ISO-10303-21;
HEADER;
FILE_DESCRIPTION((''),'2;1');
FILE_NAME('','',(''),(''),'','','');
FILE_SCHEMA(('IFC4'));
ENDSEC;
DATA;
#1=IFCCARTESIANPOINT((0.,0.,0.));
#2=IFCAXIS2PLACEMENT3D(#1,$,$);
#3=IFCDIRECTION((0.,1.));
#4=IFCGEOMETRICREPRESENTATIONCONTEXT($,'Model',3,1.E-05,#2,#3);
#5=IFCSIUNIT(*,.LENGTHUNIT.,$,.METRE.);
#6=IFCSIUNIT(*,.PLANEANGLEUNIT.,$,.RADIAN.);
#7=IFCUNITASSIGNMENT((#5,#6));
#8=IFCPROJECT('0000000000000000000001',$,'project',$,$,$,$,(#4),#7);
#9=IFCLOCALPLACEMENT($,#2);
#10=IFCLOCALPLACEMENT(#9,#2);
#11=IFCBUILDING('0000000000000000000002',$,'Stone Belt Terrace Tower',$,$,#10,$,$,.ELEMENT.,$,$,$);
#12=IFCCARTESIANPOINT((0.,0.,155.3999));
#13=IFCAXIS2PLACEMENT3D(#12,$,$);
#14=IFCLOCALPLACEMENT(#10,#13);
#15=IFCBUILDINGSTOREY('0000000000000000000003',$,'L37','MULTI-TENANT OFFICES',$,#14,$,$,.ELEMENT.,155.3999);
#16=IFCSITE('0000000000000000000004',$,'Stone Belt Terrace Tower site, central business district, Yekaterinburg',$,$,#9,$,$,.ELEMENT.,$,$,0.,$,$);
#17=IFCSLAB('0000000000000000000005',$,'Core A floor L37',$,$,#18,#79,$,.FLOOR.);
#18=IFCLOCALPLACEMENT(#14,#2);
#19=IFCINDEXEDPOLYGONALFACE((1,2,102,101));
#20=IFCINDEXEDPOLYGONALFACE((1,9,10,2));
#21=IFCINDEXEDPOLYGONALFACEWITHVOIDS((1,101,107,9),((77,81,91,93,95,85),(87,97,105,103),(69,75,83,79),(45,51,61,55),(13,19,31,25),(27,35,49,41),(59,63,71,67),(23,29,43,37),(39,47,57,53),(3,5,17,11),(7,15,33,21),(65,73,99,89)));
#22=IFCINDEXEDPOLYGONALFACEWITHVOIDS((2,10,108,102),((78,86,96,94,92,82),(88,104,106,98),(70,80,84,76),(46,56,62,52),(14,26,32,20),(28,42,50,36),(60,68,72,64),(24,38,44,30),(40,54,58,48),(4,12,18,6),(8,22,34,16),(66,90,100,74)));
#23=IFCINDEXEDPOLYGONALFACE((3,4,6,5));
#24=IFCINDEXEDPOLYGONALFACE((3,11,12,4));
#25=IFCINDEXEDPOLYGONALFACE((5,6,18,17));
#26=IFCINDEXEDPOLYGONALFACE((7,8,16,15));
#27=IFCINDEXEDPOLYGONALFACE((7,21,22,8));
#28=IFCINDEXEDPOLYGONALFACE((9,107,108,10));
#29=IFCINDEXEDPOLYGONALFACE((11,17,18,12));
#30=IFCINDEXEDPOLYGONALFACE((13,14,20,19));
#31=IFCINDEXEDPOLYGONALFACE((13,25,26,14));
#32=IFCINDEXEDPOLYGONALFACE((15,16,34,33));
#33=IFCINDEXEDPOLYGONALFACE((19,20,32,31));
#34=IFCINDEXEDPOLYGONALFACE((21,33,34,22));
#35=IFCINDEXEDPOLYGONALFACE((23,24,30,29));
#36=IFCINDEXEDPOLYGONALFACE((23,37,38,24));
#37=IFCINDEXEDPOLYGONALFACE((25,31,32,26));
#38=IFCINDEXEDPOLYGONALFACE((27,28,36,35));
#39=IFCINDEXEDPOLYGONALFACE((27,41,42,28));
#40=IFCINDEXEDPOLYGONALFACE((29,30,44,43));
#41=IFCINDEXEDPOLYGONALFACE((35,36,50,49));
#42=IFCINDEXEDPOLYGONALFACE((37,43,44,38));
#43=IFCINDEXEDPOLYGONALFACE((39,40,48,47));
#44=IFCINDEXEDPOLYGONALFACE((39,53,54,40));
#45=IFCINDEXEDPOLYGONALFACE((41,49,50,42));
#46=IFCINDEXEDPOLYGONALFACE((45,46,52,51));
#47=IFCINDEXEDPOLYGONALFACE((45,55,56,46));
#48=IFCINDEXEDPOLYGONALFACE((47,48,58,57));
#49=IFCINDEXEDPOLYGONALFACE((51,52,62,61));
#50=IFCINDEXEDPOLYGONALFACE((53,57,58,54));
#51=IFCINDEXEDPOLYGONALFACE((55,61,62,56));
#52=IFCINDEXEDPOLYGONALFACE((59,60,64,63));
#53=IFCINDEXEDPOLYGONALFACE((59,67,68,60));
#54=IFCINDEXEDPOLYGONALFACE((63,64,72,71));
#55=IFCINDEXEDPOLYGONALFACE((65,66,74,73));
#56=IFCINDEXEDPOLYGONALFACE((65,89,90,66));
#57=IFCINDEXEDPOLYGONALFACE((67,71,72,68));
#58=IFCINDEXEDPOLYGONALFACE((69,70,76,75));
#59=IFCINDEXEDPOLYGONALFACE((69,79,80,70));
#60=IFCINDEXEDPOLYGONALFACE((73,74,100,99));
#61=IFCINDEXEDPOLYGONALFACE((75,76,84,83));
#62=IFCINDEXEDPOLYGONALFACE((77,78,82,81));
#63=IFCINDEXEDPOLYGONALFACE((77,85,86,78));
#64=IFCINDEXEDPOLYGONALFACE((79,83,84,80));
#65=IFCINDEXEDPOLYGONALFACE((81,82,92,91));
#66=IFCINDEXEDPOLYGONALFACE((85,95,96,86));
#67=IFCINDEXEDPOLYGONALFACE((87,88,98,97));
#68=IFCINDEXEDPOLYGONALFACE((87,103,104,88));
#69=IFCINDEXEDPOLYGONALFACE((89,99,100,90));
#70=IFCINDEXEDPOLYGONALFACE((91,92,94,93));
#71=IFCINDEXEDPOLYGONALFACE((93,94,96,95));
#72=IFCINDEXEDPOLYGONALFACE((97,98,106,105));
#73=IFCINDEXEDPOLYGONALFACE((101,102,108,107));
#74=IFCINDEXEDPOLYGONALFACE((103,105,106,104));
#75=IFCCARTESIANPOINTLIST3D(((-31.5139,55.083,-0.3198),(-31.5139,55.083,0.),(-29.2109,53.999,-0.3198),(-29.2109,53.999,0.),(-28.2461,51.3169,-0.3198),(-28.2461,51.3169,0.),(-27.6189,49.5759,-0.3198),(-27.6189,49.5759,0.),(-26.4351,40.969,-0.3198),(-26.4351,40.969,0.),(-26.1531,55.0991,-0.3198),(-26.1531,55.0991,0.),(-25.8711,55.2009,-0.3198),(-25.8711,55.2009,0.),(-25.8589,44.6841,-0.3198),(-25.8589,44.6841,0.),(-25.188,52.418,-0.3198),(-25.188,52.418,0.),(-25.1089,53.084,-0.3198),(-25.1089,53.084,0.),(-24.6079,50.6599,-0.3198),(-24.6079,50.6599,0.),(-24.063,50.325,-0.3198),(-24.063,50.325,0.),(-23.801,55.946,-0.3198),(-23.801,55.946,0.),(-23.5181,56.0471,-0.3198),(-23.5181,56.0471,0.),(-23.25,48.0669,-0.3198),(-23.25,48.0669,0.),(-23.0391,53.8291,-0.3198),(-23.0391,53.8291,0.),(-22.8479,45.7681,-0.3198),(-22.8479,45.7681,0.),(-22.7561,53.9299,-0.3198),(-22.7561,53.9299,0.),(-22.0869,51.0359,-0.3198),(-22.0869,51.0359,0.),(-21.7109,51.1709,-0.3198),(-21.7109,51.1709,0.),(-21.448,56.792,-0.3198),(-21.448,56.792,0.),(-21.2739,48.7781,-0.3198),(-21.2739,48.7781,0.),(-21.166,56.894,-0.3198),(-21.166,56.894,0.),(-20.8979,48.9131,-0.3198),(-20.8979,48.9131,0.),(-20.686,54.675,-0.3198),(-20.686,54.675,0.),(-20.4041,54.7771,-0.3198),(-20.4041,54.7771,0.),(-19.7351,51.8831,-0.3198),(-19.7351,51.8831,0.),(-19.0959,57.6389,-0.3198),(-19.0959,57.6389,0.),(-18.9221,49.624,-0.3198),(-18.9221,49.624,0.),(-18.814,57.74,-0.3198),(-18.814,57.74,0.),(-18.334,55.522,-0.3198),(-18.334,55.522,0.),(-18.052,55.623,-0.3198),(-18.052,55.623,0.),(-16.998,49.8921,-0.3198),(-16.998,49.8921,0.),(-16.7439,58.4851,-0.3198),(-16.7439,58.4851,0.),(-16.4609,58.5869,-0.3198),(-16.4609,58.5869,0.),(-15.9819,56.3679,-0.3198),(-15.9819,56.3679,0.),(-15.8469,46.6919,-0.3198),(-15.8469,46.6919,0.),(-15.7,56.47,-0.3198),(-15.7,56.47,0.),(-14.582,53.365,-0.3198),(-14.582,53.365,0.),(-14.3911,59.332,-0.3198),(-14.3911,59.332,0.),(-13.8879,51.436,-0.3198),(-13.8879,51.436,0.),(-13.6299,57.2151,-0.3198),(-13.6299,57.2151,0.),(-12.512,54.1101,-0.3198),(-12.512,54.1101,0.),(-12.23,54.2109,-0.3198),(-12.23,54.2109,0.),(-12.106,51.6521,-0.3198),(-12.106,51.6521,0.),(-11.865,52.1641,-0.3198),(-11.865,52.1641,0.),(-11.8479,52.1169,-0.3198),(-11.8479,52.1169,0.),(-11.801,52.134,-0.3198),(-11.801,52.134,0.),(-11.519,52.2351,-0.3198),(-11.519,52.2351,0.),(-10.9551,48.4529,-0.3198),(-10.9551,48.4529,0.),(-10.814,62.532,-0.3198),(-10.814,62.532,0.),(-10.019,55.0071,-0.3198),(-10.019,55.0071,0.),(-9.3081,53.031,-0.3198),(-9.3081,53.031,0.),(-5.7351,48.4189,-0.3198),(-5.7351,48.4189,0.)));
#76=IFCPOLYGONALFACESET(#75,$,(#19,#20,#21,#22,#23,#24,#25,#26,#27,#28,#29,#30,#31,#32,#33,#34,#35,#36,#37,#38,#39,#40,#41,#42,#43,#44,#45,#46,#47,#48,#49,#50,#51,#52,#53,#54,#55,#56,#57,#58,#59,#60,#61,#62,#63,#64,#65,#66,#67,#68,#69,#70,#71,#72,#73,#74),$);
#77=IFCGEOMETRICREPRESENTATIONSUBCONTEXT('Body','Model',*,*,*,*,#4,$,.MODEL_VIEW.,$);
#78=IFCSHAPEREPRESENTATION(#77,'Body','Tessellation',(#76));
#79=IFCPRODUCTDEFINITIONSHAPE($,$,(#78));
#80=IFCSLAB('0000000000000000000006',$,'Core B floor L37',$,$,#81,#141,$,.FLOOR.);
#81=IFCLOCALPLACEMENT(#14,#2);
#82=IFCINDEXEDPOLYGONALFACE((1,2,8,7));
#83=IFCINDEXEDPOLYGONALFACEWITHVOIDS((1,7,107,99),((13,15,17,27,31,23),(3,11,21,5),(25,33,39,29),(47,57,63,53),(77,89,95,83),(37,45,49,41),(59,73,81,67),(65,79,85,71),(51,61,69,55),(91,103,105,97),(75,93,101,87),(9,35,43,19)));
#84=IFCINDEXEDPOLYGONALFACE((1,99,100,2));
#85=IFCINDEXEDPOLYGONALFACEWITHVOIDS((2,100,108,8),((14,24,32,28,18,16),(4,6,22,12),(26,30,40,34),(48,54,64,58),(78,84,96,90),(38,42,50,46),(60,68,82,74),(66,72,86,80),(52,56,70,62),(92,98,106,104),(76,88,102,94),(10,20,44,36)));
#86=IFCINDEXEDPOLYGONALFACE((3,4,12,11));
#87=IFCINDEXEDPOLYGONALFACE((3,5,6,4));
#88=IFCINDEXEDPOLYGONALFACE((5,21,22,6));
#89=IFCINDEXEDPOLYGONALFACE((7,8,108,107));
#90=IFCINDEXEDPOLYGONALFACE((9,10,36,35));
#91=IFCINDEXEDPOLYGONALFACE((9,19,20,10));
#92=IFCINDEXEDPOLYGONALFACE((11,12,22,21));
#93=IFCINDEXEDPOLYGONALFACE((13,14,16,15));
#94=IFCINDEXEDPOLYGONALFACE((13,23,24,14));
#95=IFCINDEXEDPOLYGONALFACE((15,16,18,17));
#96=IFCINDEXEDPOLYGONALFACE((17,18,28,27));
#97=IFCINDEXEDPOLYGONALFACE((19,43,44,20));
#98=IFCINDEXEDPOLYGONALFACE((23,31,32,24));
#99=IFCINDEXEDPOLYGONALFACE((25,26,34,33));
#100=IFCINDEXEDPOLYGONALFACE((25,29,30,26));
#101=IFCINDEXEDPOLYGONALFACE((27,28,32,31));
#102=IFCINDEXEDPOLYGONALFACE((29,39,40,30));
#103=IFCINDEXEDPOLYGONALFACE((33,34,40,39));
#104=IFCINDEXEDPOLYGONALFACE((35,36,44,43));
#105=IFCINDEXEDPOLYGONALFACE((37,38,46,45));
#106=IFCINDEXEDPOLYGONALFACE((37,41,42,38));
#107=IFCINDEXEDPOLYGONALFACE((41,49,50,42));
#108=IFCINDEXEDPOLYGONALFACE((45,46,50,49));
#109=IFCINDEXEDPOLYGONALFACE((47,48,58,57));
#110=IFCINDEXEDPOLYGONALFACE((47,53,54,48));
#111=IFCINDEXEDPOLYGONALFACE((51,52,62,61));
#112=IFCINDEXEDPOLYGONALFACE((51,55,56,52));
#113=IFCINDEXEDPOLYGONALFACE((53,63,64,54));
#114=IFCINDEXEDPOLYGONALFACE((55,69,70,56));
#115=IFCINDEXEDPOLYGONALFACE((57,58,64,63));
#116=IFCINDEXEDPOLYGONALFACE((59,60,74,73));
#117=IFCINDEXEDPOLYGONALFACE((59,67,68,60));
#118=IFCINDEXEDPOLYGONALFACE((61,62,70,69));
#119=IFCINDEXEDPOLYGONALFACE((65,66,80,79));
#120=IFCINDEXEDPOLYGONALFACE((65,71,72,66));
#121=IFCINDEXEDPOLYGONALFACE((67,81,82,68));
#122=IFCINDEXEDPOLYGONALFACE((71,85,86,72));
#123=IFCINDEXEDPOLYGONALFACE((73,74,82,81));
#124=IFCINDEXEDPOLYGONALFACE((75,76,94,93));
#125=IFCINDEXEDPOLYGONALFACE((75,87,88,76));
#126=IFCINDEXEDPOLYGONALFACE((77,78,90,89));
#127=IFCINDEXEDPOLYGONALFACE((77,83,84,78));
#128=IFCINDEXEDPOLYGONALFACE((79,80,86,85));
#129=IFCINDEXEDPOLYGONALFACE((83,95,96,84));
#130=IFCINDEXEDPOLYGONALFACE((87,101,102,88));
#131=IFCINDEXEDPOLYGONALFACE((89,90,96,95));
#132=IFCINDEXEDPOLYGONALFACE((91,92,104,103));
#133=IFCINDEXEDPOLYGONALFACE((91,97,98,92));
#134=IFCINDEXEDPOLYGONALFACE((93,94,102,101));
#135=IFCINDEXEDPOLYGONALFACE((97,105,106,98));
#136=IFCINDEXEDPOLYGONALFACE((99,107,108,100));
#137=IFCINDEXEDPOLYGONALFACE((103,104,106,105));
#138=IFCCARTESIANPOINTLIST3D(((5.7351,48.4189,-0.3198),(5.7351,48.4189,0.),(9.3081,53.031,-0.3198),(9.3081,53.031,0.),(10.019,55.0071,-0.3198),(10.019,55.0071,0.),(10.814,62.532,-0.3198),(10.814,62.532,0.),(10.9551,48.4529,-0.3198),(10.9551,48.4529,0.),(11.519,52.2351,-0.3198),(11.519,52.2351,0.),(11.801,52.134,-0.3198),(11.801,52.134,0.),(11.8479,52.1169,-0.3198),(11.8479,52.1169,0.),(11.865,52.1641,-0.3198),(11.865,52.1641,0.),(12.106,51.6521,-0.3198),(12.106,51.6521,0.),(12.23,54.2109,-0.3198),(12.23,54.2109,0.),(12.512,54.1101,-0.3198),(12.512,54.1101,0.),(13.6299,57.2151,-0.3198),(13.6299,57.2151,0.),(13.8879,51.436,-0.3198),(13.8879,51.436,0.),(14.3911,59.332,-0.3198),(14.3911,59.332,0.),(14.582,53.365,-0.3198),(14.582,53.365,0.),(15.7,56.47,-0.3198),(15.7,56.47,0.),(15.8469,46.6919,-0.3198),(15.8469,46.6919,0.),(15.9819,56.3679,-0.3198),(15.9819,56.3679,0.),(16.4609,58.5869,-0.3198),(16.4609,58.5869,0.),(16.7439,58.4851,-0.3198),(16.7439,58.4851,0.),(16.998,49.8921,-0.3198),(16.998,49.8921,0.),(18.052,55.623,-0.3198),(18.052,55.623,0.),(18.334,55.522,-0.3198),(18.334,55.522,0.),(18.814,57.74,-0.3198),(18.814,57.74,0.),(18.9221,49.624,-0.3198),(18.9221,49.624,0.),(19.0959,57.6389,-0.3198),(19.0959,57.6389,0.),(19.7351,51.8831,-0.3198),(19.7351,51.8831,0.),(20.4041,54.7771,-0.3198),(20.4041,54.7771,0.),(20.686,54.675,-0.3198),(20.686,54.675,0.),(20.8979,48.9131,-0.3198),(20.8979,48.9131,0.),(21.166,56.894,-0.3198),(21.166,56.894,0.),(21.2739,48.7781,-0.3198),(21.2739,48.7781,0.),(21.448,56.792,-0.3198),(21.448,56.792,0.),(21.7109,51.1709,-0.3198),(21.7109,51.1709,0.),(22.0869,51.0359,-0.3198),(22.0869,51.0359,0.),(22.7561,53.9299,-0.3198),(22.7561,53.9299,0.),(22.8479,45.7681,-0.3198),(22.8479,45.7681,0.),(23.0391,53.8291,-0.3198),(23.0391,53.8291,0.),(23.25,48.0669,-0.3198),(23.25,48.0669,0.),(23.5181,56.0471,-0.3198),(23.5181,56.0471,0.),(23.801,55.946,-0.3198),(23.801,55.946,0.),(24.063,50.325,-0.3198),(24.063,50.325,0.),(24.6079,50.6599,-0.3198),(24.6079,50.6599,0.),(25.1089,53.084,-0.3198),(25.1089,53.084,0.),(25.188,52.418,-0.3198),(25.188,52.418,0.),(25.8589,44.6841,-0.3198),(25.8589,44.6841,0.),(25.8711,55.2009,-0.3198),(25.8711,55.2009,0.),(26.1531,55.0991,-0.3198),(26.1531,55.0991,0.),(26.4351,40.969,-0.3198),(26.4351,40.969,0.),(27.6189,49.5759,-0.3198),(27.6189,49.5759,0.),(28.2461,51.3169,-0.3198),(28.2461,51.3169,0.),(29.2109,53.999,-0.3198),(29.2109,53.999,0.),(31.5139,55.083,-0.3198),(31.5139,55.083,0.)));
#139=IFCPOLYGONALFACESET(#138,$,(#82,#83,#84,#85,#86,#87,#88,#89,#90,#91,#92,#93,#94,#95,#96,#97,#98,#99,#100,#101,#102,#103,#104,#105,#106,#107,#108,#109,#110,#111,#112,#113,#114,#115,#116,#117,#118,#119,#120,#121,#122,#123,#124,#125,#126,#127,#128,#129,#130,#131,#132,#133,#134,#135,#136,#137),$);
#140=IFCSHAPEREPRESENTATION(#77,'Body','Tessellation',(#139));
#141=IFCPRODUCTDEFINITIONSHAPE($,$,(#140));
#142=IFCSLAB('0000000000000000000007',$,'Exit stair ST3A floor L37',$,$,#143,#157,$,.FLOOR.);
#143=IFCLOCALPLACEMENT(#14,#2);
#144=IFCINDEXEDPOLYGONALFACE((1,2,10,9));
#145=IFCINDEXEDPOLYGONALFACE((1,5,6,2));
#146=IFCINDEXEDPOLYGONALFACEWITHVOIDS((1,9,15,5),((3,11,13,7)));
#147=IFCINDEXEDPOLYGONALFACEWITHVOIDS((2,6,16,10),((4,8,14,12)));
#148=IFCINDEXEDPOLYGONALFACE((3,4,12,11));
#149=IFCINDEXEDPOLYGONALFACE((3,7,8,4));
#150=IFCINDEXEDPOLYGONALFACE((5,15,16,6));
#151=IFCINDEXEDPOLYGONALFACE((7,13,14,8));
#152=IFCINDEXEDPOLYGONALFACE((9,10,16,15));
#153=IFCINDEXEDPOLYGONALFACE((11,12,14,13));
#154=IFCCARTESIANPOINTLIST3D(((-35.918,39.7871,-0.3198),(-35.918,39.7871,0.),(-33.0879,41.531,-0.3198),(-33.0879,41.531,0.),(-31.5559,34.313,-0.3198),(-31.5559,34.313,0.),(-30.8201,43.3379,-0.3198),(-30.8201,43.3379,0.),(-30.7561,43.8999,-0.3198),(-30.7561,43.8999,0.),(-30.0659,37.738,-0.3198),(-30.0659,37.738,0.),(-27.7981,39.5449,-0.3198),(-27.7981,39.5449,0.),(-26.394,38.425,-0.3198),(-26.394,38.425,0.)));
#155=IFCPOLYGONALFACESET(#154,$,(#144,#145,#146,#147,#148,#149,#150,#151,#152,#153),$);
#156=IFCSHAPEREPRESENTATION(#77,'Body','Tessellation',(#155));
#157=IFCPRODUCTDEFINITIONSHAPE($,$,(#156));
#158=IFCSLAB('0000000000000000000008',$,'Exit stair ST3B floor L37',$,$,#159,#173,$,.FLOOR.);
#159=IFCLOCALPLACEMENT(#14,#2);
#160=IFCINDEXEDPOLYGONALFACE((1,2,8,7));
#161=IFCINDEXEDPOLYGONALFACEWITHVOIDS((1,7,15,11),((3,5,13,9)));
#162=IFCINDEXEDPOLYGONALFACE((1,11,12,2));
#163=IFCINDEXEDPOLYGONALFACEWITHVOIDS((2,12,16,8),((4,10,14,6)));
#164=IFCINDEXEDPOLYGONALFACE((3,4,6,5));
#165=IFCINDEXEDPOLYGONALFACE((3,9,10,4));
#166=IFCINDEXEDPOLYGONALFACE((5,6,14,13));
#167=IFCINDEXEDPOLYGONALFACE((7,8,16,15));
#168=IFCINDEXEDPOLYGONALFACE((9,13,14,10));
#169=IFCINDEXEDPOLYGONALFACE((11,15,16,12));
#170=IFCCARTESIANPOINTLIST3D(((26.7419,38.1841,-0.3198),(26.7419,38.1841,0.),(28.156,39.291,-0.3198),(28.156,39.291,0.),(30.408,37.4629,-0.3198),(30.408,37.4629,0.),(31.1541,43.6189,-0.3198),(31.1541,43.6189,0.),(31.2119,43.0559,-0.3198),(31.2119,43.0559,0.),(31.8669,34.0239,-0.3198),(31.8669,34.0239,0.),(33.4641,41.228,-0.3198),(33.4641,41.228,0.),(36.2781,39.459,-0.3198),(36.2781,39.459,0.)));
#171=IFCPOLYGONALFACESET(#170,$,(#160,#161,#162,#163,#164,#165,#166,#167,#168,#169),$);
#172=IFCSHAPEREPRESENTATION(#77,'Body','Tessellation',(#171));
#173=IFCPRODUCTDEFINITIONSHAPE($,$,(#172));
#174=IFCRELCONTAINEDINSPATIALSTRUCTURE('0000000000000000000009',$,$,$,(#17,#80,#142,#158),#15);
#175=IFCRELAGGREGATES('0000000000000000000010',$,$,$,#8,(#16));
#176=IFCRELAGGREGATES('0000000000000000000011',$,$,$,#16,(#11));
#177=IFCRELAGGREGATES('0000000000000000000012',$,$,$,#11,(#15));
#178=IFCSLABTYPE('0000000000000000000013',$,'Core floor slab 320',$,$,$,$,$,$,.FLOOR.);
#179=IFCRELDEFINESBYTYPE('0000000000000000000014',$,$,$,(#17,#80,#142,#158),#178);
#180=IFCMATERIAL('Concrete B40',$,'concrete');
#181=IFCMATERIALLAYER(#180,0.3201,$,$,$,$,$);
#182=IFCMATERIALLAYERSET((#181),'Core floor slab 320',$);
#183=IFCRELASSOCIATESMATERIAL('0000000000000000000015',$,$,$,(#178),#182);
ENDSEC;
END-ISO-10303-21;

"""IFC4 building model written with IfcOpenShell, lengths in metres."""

from ifc_helpers import new_model, si_unit, direction, frame, origin, place, context, subcontext, project, spatial, polyline, outline, extrude, material, layer, layer_set, type_object, element, save


model = new_model("IFC4")

# Units and contexts
model_context = context("Model", 3, precision=1e-05, world=origin(), true_north=direction((0.0, 1.0)))
body_context = subcontext(model_context, "Body", "Model", "MODEL_VIEW")
ifc_project = project(units=[si_unit("LENGTHUNIT", "METRE"), si_unit("PLANEANGLEUNIT", "RADIAN")], contexts=[model_context])

# Site, building, storey
site_placement = place(None, origin())
site = spatial("IfcSite", under=ifc_project, at=site_placement, Name="Stone Belt Terrace Tower site, central business district, Yekaterinburg", CompositionType="ELEMENT", RefElevation=0.0)
building_placement = place(site_placement, origin())
building = spatial("IfcBuilding", under=site, at=building_placement, Name="Stone Belt Terrace Tower", CompositionType="ELEMENT")
storey_placement = place(building_placement, frame((0.0, 0.0, 155.3999)))
storey = spatial("IfcBuildingStorey", under=building, at=storey_placement, Name="L37", Description="MULTI-TENANT OFFICES", CompositionType="ELEMENT", Elevation=155.3999)

# Slabs
ifc_material_1 = material(Name="Concrete B40", Category="concrete")
ifc_layer_1 = layer(ifc_material_1, 0.3201)
ifc_layer_set_1 = layer_set([ifc_layer_1], Name="Core floor slab 320")
slab_type_1 = type_object("IfcSlabType", Name="Core floor slab 320", PredefinedType="FLOOR", material=ifc_layer_set_1)
slab_1_placement = place(storey_placement, frame((0.0, 0.0, -0.3198)))
element("IfcSlab", 1, at=slab_1_placement, inside=storey, type_object=slab_type_1, Name="Core A floor L37", PredefinedType="FLOOR", context=body_context, shape_type="SweptSolid", body=[
    extrude(outline(polyline([(-26.4351, 40.969), (-5.7351, 48.4189), (-10.814, 62.532), (-31.5139, 55.083), (-26.4351, 40.969)]), holes=[polyline([(-24.6079, 50.6599), (-22.8479, 45.7681), (-25.8589, 44.6841), (-27.6189, 49.5759), (-24.6079, 50.6599)]), polyline([(-23.25, 48.0669), (-24.063, 50.325), (-22.0869, 51.0359), (-21.2739, 48.7781), (-23.25, 48.0669)]), polyline([(-20.8979, 48.9131), (-21.7109, 51.1709), (-19.7351, 51.8831), (-18.9221, 49.624), (-20.8979, 48.9131)]), polyline([(-28.2461, 51.3169), (-29.2109, 53.999), (-26.1531, 55.0991), (-25.188, 52.418), (-28.2461, 51.3169)]), polyline([(-23.801, 55.946), (-23.0391, 53.8291), (-25.1089, 53.084), (-25.8711, 55.2009), (-23.801, 55.946)]), polyline([(-21.448, 56.792), (-20.686, 54.675), (-22.7561, 53.9299), (-23.5181, 56.0471), (-21.448, 56.792)]), polyline([(-10.9551, 48.4529), (-15.8469, 46.6919), (-16.998, 49.8921), (-12.106, 51.6521), (-10.9551, 48.4529)]), polyline([(-11.8479, 52.1169), (-11.865, 52.1641), (-13.8879, 51.436), (-14.582, 53.365), (-12.512, 54.1101), (-11.801, 52.134), (-11.8479, 52.1169)]), polyline([(-9.3081, 53.031), (-11.519, 52.2351), (-12.23, 54.2109), (-10.019, 55.0071), (-9.3081, 53.031)]), polyline([(-21.166, 56.894), (-19.0959, 57.6389), (-18.334, 55.522), (-20.4041, 54.7771), (-21.166, 56.894)]), polyline([(-16.7439, 58.4851), (-15.9819, 56.3679), (-18.052, 55.623), (-18.814, 57.74), (-16.7439, 58.4851)]), polyline([(-14.3911, 59.332), (-13.6299, 57.2151), (-15.7, 56.47), (-16.4609, 58.5869), (-14.3911, 59.332)])]), origin(), (0.0, 0.0, 1.0), 0.3198),
])
slab_2_placement = place(storey_placement, frame((0.0, 0.0, -0.3198)))
element("IfcSlab", 2, at=slab_2_placement, inside=storey, type_object=slab_type_1, Name="Core B floor L37", PredefinedType="FLOOR", context=body_context, shape_type="SweptSolid", body=[
    extrude(outline(polyline([(26.4351, 40.969), (31.5139, 55.083), (10.814, 62.532), (5.7351, 48.4189), (26.4351, 40.969)]), holes=[polyline([(12.106, 51.6521), (16.998, 49.8921), (15.8469, 46.6919), (10.9551, 48.4529), (12.106, 51.6521)]), polyline([(12.512, 54.1101), (14.582, 53.365), (13.8879, 51.436), (11.865, 52.1641), (11.8479, 52.1169), (11.801, 52.134), (12.512, 54.1101)]), polyline([(9.3081, 53.031), (10.019, 55.0071), (12.23, 54.2109), (11.519, 52.2351), (9.3081, 53.031)]), polyline([(18.334, 55.522), (19.0959, 57.6389), (21.166, 56.894), (20.4041, 54.7771), (18.334, 55.522)]), polyline([(16.7439, 58.4851), (18.814, 57.74), (18.052, 55.623), (15.9819, 56.3679), (16.7439, 58.4851)]), polyline([(14.3911, 59.332), (16.4609, 58.5869), (15.7, 56.47), (13.6299, 57.2151), (14.3911, 59.332)]), polyline([(27.6189, 49.5759), (25.8589, 44.6841), (22.8479, 45.7681), (24.6079, 50.6599), (27.6189, 49.5759)]), polyline([(23.25, 48.0669), (21.2739, 48.7781), (22.0869, 51.0359), (24.063, 50.325), (23.25, 48.0669)]), polyline([(20.8979, 48.9131), (18.9221, 49.624), (19.7351, 51.8831), (21.7109, 51.1709), (20.8979, 48.9131)]), polyline([(26.1531, 55.0991), (29.2109, 53.999), (28.2461, 51.3169), (25.188, 52.418), (26.1531, 55.0991)]), polyline([(23.801, 55.946), (25.8711, 55.2009), (25.1089, 53.084), (23.0391, 53.8291), (23.801, 55.946)]), polyline([(21.448, 56.792), (23.5181, 56.0471), (22.7561, 53.9299), (20.686, 54.675), (21.448, 56.792)])]), origin(), (0.0, 0.0, 1.0), 0.3198),
])
slab_3_placement = place(storey_placement, frame((0.0, 0.0, -0.3198)))
element("IfcSlab", 3, at=slab_3_placement, inside=storey, type_object=slab_type_1, Name="Exit stair ST3A floor L37", PredefinedType="FLOOR", context=body_context, shape_type="SweptSolid", body=[
    extrude(outline(polyline([(-26.394, 38.425), (-30.7561, 43.8999), (-35.918, 39.7871), (-31.5559, 34.313), (-26.394, 38.425)]), holes=[polyline([(-27.7981, 39.5449), (-30.0659, 37.738), (-33.0879, 41.531), (-30.8201, 43.3379), (-27.7981, 39.5449)])]), origin(), (0.0, 0.0, 1.0), 0.3198),
])
slab_4_placement = place(storey_placement, frame((0.0, 0.0, -0.3198)))
element("IfcSlab", 4, at=slab_4_placement, inside=storey, type_object=slab_type_1, Name="Exit stair ST3B floor L37", PredefinedType="FLOOR", context=body_context, shape_type="SweptSolid", body=[
    extrude(outline(polyline([(26.7419, 38.1841), (31.8669, 34.0239), (36.2781, 39.459), (31.1541, 43.6189), (26.7419, 38.1841)]), holes=[polyline([(30.408, 37.4629), (28.156, 39.291), (31.2119, 43.0559), (33.4641, 41.228), (30.408, 37.4629)])]), origin(), (0.0, 0.0, 1.0), 0.3198),
])

save(model, "model.ifc")
